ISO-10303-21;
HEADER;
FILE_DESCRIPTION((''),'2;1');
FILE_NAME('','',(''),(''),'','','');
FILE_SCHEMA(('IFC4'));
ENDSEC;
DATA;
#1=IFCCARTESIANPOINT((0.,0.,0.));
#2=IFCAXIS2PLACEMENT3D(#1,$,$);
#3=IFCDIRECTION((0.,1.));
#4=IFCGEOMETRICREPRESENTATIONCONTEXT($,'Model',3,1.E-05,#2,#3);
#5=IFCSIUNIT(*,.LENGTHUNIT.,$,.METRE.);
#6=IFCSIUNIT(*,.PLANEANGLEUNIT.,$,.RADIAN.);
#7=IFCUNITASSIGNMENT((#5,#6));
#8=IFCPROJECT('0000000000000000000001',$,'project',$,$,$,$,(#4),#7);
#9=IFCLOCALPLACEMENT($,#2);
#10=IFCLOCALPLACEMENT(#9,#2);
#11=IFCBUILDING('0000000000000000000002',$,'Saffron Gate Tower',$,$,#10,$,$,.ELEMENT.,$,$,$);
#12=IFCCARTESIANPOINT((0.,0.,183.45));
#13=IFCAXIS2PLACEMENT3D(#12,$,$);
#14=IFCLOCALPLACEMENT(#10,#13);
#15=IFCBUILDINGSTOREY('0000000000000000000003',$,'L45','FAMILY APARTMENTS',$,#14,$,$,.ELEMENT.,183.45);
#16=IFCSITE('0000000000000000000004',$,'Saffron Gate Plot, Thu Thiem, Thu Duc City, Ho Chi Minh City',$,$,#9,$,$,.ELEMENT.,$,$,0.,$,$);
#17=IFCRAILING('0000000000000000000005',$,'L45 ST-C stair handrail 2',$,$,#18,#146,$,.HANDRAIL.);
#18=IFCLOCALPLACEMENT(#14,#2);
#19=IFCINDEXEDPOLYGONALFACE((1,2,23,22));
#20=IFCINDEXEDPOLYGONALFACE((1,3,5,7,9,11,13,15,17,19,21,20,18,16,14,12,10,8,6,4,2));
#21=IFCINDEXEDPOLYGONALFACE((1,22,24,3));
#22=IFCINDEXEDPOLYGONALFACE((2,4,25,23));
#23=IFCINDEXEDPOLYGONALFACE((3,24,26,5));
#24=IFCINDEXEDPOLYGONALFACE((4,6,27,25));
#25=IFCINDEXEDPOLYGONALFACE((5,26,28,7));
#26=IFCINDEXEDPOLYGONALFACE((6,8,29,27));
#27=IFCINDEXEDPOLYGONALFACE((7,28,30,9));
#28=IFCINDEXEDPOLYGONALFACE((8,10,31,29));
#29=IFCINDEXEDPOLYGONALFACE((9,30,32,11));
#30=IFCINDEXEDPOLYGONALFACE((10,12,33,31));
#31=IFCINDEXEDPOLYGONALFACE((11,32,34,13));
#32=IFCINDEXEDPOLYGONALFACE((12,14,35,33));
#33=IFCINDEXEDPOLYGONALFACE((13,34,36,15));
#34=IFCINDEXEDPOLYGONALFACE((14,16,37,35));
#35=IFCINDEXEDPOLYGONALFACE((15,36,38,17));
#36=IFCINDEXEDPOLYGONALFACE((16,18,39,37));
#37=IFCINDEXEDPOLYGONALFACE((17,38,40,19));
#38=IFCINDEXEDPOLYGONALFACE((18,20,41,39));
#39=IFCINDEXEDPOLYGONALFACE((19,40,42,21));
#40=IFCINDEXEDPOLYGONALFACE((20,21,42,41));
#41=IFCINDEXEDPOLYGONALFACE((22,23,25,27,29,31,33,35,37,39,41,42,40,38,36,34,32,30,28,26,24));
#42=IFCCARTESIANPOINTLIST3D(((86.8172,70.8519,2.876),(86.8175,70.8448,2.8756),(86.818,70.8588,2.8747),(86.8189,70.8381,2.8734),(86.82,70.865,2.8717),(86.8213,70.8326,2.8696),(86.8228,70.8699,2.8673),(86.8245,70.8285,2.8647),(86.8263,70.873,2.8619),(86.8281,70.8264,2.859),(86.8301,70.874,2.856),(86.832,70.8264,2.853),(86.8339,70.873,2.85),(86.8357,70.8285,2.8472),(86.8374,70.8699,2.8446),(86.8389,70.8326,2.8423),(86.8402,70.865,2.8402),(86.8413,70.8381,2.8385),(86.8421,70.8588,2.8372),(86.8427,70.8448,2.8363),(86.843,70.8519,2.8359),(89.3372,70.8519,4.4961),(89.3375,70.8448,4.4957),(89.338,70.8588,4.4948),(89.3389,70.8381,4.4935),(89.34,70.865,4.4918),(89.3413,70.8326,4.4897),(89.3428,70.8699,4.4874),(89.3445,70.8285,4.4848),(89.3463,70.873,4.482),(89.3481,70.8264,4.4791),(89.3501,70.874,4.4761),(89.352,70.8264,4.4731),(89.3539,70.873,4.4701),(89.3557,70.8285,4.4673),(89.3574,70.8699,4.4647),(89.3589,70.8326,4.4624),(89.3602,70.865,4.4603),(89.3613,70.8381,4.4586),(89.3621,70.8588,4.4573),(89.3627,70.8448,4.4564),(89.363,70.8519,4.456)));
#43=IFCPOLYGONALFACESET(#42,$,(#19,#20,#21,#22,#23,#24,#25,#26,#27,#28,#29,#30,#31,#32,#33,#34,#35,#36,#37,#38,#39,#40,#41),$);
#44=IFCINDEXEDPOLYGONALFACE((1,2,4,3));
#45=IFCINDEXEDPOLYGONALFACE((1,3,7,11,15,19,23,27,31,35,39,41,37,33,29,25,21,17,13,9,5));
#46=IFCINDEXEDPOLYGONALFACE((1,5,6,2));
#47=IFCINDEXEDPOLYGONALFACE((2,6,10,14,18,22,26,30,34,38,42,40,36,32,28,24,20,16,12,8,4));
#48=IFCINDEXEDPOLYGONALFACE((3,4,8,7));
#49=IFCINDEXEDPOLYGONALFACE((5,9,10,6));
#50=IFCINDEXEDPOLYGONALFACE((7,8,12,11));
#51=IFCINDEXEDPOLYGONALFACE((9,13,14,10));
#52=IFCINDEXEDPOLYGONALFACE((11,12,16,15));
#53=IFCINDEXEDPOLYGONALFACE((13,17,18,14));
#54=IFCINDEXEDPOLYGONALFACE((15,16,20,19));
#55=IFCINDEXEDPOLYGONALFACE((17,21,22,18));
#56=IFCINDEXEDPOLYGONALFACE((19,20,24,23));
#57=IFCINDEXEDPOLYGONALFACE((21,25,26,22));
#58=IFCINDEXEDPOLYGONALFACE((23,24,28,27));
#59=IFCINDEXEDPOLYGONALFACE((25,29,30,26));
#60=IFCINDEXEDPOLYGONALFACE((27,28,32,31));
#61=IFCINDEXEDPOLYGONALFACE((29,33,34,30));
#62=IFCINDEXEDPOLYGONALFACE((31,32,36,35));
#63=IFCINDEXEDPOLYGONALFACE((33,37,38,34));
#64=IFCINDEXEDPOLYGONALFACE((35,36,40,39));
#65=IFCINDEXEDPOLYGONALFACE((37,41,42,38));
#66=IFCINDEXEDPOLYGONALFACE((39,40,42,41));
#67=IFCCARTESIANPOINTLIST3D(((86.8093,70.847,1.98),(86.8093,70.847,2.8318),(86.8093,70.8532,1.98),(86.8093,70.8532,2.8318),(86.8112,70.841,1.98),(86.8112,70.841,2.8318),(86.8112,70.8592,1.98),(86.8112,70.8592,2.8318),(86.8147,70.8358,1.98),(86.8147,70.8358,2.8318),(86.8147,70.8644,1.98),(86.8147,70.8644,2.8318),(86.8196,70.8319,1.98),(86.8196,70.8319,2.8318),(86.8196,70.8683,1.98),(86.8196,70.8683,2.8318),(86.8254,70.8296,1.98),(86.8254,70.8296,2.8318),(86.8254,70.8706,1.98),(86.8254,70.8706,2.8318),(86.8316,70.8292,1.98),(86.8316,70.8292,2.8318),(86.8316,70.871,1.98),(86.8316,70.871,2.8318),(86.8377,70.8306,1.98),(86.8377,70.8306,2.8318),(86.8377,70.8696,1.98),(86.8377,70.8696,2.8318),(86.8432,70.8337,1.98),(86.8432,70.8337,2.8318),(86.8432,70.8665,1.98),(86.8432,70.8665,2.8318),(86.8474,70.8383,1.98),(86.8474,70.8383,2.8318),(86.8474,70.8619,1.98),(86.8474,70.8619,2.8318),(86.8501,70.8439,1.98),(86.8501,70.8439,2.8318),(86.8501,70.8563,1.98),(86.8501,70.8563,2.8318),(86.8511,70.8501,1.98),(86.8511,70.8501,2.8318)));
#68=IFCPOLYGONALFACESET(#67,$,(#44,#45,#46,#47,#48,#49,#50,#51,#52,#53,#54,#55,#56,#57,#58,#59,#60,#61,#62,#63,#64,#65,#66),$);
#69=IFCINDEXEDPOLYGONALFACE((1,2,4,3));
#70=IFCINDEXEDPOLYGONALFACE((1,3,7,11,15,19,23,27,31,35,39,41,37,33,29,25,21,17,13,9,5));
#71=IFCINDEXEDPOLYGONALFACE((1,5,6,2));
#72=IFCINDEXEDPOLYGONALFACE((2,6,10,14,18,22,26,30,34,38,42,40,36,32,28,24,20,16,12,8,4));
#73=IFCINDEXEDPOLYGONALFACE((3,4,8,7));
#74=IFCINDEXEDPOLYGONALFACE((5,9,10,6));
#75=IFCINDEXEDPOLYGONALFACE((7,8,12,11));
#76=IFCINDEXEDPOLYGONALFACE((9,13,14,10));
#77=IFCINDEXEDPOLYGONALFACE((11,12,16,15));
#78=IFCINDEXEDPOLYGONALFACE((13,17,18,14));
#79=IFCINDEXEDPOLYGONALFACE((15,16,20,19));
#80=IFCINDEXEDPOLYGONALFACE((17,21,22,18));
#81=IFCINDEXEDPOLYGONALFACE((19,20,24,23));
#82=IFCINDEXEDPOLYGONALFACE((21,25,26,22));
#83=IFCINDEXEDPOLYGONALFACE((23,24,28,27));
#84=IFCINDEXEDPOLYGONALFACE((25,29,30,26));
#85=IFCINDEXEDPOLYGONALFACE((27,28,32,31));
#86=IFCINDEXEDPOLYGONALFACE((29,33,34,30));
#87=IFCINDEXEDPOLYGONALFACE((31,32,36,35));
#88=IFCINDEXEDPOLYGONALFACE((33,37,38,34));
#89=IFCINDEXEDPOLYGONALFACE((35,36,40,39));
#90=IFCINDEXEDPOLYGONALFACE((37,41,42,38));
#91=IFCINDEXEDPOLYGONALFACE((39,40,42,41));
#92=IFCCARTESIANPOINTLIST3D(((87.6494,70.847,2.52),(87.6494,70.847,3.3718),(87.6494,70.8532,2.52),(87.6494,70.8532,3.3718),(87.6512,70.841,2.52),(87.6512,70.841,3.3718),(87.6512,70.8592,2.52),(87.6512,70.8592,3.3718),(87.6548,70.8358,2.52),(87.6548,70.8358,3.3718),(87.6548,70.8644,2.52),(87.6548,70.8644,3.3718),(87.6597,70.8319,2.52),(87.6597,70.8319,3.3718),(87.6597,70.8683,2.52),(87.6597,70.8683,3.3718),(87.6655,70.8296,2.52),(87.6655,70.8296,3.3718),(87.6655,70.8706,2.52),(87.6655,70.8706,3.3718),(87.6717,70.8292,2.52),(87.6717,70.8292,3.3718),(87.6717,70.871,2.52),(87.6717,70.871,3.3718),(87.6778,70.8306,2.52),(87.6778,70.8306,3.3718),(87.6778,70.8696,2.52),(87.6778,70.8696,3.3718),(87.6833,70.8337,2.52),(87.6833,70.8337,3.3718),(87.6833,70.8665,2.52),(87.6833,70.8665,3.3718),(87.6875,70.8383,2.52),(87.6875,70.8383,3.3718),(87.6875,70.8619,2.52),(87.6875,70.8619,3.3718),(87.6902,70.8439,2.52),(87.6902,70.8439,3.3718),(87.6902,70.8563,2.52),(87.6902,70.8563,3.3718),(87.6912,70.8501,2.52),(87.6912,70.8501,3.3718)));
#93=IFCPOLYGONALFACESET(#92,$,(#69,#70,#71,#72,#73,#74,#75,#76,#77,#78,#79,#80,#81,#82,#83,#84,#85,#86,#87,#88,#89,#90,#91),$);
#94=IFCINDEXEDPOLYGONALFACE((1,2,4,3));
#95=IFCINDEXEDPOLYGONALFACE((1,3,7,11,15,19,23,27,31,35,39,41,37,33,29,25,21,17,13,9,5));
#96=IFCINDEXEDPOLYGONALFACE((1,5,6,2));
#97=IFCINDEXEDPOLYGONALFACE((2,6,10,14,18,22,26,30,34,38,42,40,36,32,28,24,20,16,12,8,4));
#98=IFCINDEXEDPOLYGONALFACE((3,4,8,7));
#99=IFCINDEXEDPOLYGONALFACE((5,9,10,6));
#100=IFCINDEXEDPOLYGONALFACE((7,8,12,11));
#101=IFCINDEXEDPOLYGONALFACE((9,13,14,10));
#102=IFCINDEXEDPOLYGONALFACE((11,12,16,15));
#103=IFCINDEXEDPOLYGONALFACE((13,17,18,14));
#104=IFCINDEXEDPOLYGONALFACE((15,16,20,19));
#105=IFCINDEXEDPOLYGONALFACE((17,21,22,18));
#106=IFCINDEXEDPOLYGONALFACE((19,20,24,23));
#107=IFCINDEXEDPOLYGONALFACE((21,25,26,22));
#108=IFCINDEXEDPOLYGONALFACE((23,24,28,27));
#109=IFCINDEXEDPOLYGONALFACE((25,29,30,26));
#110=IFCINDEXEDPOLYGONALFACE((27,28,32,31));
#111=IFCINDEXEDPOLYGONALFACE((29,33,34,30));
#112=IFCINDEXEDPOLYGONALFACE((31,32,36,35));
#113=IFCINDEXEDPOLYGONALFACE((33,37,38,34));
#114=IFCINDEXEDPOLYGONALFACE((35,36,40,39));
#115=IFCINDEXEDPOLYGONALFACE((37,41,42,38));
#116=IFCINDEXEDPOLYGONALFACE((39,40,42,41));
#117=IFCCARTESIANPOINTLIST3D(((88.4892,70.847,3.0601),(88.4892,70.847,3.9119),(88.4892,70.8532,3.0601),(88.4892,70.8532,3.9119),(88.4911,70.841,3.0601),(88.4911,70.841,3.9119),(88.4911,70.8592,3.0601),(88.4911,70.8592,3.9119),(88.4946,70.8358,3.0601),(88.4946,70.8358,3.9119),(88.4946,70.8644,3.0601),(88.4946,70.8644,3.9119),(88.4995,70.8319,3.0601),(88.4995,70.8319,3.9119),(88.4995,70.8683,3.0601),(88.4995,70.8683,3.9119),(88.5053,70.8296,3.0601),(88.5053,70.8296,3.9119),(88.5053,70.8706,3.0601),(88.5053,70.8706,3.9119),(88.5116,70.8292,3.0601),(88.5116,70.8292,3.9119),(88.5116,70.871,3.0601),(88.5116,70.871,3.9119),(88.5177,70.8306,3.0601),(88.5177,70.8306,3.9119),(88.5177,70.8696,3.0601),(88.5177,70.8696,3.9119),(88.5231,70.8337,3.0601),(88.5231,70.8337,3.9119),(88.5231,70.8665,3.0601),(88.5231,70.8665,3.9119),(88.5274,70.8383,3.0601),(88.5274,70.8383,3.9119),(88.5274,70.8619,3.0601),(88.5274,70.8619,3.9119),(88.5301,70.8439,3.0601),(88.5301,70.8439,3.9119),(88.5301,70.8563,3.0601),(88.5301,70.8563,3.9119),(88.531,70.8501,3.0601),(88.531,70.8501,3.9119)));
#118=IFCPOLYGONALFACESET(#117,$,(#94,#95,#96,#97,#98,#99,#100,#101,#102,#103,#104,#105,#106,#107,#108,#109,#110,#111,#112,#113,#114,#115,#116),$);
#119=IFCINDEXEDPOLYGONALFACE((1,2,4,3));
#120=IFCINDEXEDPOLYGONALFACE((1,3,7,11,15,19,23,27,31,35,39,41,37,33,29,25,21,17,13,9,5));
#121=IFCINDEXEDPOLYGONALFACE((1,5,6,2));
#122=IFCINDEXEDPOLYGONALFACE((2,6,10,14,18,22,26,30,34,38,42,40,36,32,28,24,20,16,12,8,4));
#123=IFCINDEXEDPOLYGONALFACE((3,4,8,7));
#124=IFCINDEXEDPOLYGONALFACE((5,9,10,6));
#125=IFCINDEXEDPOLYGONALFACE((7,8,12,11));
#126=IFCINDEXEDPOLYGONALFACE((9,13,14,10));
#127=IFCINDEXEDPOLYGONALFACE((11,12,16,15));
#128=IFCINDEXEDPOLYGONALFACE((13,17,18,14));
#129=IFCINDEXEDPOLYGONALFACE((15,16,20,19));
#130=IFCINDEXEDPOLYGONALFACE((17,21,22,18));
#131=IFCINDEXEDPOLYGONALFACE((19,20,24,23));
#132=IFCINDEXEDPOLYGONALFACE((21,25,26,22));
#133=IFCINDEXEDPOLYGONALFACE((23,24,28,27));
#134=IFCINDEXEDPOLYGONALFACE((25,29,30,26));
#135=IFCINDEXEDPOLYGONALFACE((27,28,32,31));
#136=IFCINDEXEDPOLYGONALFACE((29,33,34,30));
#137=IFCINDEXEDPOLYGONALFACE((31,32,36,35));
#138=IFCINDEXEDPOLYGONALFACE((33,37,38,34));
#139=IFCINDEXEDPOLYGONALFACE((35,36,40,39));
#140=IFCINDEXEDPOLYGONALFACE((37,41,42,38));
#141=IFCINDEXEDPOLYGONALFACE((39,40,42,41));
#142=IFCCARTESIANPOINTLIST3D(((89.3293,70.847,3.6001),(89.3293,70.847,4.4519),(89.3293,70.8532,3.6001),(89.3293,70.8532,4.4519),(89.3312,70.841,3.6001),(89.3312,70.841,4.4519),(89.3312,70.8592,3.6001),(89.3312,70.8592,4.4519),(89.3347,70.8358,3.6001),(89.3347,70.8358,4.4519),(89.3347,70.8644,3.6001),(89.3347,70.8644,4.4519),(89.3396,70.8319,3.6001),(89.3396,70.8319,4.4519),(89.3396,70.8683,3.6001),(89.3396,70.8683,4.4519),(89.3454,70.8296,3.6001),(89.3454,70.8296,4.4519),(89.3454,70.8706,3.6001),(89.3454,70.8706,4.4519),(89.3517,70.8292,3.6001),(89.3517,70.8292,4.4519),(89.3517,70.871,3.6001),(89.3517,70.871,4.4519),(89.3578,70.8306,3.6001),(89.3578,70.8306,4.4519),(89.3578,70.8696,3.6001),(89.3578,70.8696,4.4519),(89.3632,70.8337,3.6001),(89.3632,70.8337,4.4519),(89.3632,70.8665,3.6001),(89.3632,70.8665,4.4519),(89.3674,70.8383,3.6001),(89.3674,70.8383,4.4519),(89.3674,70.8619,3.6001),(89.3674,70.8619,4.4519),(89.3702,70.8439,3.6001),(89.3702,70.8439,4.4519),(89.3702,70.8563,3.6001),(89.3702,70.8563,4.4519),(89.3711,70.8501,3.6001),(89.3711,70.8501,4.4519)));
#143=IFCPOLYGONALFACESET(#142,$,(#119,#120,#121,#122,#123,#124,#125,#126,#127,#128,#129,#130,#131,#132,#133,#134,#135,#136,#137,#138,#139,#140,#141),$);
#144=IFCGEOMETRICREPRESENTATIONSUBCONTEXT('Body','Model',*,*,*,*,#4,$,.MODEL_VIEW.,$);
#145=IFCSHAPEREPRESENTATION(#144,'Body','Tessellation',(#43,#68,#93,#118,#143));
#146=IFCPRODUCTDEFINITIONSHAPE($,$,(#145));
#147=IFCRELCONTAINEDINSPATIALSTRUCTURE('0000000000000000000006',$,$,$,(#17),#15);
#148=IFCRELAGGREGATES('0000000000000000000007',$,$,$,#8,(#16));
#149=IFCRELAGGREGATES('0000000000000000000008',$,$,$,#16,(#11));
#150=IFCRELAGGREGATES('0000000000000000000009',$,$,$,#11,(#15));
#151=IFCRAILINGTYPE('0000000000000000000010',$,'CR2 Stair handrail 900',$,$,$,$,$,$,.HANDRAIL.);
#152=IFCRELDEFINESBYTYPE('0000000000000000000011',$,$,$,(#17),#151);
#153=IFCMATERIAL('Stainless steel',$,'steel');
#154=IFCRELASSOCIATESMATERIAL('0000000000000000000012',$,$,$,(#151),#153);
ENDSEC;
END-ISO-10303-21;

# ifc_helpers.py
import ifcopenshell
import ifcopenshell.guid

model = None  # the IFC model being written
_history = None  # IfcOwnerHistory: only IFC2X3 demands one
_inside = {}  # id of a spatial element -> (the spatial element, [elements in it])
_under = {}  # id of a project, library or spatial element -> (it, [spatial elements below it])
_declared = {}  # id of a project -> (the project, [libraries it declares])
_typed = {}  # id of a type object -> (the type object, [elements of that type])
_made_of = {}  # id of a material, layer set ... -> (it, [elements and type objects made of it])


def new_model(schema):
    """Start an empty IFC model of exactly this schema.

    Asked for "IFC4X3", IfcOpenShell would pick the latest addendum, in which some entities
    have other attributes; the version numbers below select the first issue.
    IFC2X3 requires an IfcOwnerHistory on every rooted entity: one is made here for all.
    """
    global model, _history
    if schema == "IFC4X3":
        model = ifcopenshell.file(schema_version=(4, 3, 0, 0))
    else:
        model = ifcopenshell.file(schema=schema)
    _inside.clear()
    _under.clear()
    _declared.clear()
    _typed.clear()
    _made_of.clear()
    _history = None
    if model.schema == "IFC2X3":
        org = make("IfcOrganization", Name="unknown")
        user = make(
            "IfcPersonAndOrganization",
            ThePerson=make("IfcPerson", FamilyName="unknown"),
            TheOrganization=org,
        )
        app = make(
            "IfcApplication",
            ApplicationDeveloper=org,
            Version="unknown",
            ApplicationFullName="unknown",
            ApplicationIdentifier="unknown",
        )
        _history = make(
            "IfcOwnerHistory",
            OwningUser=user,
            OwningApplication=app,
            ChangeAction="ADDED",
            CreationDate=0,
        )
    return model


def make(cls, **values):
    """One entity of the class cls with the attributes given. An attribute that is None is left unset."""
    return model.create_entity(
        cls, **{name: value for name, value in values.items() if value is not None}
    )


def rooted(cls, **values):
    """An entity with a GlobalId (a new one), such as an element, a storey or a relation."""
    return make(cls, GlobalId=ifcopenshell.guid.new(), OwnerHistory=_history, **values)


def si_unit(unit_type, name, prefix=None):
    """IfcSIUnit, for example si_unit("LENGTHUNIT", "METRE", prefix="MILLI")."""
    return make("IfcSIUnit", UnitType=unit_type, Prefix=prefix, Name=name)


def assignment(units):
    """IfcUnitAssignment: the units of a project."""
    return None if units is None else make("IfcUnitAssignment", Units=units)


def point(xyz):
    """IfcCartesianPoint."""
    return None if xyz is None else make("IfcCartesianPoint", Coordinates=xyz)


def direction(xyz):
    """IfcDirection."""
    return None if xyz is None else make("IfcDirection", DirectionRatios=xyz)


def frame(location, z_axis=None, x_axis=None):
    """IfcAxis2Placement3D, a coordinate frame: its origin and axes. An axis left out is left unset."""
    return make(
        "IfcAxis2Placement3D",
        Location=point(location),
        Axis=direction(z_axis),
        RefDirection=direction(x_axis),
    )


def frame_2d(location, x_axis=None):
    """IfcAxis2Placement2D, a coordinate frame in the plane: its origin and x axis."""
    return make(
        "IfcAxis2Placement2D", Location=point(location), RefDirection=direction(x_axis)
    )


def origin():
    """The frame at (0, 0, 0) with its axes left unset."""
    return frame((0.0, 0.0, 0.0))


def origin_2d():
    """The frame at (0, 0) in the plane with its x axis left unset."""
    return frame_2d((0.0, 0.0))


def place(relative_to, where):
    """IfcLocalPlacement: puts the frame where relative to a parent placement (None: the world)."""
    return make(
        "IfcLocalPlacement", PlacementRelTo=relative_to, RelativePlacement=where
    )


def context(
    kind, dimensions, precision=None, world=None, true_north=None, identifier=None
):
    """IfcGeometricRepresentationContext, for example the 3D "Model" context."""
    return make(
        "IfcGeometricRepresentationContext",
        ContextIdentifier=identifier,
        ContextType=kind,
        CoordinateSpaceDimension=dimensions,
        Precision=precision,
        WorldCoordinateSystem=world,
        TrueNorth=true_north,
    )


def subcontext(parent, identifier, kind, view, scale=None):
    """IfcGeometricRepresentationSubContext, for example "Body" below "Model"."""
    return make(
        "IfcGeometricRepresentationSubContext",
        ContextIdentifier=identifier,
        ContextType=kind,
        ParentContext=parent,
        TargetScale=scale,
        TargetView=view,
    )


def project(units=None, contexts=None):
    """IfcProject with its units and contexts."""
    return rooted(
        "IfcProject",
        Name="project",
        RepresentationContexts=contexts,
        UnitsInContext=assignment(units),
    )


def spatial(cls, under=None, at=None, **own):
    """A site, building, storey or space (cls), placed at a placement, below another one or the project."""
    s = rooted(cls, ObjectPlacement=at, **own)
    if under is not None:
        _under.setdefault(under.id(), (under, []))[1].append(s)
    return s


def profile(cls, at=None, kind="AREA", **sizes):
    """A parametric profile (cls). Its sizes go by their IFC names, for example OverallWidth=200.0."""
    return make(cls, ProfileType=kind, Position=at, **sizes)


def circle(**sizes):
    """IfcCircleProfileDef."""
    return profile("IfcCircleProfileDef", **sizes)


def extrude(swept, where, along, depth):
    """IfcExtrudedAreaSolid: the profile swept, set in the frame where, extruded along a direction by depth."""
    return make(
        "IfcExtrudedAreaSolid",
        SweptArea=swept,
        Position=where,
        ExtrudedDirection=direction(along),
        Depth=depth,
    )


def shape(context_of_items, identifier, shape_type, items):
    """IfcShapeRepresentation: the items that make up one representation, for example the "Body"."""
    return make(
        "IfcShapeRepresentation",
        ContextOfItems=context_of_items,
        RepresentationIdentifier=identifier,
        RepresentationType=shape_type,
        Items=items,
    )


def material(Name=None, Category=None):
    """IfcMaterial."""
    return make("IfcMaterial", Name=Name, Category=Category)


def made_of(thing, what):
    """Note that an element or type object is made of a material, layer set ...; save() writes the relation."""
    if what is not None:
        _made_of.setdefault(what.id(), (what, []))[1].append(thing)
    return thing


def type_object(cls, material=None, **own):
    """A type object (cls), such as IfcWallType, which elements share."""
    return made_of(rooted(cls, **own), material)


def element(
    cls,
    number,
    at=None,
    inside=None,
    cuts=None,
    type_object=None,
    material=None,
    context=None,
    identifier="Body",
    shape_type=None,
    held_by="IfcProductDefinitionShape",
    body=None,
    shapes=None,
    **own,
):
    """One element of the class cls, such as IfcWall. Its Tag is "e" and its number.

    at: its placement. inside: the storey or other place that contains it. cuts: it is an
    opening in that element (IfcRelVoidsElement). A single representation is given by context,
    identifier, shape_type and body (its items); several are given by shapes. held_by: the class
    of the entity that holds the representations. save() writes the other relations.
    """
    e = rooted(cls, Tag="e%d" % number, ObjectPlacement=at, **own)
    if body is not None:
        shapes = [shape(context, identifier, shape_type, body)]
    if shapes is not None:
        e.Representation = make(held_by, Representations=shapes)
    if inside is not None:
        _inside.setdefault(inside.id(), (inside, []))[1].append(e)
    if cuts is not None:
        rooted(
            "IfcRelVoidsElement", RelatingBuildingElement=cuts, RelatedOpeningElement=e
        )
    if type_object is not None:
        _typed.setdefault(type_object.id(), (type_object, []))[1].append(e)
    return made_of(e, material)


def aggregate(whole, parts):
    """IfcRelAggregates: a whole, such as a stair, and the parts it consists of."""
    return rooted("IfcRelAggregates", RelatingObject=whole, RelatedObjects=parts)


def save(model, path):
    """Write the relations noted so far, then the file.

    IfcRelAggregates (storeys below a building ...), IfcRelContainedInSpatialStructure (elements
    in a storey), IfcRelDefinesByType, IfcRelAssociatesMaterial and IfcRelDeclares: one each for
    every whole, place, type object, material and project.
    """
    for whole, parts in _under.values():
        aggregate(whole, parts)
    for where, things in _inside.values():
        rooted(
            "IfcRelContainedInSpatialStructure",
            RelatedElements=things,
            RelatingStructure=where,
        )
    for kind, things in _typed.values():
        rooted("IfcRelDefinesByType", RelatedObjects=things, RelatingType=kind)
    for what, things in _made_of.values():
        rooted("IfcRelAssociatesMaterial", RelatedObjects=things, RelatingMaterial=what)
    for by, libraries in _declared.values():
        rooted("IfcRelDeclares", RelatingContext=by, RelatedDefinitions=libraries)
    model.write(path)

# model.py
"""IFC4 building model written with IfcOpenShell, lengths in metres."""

from ifc_helpers import new_model, si_unit, direction, frame, origin, origin_2d, place, context, subcontext, project, spatial, circle, extrude, material, type_object, element, save


model = new_model("IFC4")

# Units and contexts
model_context = context("Model", 3, precision=1e-05, world=origin(), true_north=direction((0.0, 1.0)))
body_context = subcontext(model_context, "Body", "Model", "MODEL_VIEW")
ifc_project = project(units=[si_unit("LENGTHUNIT", "METRE"), si_unit("PLANEANGLEUNIT", "RADIAN")], contexts=[model_context])

# Site, building, storey
site_placement = place(None, origin())
site = spatial("IfcSite", under=ifc_project, at=site_placement, Name="Saffron Gate Plot, Thu Thiem, Thu Duc City, Ho Chi Minh City", CompositionType="ELEMENT", RefElevation=0.0)
building_placement = place(site_placement, origin())
building = spatial("IfcBuilding", under=site, at=building_placement, Name="Saffron Gate Tower", CompositionType="ELEMENT")
storey_placement = place(building_placement, frame((0.0, 0.0, 183.45)))
storey = spatial("IfcBuildingStorey", under=building, at=storey_placement, Name="L45", Description="FAMILY APARTMENTS", CompositionType="ELEMENT", Elevation=183.45)

# Railing
ifc_material_1 = material(Name="Stainless steel", Category="steel")
railing_type_1 = type_object("IfcRailingType", Name="CR2 Stair handrail 900", PredefinedType="HANDRAIL", material=ifc_material_1)
railing_1_placement = place(storey_placement, frame((86.8301, 70.8501, 1.98)))
element("IfcRailing", 1, at=railing_1_placement, inside=storey, type_object=railing_type_1, Name="L45 ST-C stair handrail 2", PredefinedType="HANDRAIL", context=body_context, shape_type="SweptSolid", body=[
    extrude(circle(Radius=0.0239, at=origin_2d()), frame((0.0, 0.0, 0.876), z_axis=(0.841163, 0.0, 0.540782), x_axis=(0.0, 1.0, 0.0)), (0.0, 0.0, 1.0), 2.9958),
    extrude(circle(Radius=0.021, at=origin_2d()), origin(), (0.0, 0.0, 1.0), 0.8518),
    extrude(circle(Radius=0.021, at=origin_2d()), frame((0.8401, 0.0, 0.54)), (0.0, 0.0, 1.0), 0.8518),
    extrude(circle(Radius=0.021, at=origin_2d()), frame((1.6799, 0.0, 1.0801)), (0.0, 0.0, 1.0), 0.8518),
    extrude(circle(Radius=0.021, at=origin_2d()), frame((2.52, 0.0, 1.6201)), (0.0, 0.0, 1.0), 0.8518),
])

save(model, "model.ifc")
